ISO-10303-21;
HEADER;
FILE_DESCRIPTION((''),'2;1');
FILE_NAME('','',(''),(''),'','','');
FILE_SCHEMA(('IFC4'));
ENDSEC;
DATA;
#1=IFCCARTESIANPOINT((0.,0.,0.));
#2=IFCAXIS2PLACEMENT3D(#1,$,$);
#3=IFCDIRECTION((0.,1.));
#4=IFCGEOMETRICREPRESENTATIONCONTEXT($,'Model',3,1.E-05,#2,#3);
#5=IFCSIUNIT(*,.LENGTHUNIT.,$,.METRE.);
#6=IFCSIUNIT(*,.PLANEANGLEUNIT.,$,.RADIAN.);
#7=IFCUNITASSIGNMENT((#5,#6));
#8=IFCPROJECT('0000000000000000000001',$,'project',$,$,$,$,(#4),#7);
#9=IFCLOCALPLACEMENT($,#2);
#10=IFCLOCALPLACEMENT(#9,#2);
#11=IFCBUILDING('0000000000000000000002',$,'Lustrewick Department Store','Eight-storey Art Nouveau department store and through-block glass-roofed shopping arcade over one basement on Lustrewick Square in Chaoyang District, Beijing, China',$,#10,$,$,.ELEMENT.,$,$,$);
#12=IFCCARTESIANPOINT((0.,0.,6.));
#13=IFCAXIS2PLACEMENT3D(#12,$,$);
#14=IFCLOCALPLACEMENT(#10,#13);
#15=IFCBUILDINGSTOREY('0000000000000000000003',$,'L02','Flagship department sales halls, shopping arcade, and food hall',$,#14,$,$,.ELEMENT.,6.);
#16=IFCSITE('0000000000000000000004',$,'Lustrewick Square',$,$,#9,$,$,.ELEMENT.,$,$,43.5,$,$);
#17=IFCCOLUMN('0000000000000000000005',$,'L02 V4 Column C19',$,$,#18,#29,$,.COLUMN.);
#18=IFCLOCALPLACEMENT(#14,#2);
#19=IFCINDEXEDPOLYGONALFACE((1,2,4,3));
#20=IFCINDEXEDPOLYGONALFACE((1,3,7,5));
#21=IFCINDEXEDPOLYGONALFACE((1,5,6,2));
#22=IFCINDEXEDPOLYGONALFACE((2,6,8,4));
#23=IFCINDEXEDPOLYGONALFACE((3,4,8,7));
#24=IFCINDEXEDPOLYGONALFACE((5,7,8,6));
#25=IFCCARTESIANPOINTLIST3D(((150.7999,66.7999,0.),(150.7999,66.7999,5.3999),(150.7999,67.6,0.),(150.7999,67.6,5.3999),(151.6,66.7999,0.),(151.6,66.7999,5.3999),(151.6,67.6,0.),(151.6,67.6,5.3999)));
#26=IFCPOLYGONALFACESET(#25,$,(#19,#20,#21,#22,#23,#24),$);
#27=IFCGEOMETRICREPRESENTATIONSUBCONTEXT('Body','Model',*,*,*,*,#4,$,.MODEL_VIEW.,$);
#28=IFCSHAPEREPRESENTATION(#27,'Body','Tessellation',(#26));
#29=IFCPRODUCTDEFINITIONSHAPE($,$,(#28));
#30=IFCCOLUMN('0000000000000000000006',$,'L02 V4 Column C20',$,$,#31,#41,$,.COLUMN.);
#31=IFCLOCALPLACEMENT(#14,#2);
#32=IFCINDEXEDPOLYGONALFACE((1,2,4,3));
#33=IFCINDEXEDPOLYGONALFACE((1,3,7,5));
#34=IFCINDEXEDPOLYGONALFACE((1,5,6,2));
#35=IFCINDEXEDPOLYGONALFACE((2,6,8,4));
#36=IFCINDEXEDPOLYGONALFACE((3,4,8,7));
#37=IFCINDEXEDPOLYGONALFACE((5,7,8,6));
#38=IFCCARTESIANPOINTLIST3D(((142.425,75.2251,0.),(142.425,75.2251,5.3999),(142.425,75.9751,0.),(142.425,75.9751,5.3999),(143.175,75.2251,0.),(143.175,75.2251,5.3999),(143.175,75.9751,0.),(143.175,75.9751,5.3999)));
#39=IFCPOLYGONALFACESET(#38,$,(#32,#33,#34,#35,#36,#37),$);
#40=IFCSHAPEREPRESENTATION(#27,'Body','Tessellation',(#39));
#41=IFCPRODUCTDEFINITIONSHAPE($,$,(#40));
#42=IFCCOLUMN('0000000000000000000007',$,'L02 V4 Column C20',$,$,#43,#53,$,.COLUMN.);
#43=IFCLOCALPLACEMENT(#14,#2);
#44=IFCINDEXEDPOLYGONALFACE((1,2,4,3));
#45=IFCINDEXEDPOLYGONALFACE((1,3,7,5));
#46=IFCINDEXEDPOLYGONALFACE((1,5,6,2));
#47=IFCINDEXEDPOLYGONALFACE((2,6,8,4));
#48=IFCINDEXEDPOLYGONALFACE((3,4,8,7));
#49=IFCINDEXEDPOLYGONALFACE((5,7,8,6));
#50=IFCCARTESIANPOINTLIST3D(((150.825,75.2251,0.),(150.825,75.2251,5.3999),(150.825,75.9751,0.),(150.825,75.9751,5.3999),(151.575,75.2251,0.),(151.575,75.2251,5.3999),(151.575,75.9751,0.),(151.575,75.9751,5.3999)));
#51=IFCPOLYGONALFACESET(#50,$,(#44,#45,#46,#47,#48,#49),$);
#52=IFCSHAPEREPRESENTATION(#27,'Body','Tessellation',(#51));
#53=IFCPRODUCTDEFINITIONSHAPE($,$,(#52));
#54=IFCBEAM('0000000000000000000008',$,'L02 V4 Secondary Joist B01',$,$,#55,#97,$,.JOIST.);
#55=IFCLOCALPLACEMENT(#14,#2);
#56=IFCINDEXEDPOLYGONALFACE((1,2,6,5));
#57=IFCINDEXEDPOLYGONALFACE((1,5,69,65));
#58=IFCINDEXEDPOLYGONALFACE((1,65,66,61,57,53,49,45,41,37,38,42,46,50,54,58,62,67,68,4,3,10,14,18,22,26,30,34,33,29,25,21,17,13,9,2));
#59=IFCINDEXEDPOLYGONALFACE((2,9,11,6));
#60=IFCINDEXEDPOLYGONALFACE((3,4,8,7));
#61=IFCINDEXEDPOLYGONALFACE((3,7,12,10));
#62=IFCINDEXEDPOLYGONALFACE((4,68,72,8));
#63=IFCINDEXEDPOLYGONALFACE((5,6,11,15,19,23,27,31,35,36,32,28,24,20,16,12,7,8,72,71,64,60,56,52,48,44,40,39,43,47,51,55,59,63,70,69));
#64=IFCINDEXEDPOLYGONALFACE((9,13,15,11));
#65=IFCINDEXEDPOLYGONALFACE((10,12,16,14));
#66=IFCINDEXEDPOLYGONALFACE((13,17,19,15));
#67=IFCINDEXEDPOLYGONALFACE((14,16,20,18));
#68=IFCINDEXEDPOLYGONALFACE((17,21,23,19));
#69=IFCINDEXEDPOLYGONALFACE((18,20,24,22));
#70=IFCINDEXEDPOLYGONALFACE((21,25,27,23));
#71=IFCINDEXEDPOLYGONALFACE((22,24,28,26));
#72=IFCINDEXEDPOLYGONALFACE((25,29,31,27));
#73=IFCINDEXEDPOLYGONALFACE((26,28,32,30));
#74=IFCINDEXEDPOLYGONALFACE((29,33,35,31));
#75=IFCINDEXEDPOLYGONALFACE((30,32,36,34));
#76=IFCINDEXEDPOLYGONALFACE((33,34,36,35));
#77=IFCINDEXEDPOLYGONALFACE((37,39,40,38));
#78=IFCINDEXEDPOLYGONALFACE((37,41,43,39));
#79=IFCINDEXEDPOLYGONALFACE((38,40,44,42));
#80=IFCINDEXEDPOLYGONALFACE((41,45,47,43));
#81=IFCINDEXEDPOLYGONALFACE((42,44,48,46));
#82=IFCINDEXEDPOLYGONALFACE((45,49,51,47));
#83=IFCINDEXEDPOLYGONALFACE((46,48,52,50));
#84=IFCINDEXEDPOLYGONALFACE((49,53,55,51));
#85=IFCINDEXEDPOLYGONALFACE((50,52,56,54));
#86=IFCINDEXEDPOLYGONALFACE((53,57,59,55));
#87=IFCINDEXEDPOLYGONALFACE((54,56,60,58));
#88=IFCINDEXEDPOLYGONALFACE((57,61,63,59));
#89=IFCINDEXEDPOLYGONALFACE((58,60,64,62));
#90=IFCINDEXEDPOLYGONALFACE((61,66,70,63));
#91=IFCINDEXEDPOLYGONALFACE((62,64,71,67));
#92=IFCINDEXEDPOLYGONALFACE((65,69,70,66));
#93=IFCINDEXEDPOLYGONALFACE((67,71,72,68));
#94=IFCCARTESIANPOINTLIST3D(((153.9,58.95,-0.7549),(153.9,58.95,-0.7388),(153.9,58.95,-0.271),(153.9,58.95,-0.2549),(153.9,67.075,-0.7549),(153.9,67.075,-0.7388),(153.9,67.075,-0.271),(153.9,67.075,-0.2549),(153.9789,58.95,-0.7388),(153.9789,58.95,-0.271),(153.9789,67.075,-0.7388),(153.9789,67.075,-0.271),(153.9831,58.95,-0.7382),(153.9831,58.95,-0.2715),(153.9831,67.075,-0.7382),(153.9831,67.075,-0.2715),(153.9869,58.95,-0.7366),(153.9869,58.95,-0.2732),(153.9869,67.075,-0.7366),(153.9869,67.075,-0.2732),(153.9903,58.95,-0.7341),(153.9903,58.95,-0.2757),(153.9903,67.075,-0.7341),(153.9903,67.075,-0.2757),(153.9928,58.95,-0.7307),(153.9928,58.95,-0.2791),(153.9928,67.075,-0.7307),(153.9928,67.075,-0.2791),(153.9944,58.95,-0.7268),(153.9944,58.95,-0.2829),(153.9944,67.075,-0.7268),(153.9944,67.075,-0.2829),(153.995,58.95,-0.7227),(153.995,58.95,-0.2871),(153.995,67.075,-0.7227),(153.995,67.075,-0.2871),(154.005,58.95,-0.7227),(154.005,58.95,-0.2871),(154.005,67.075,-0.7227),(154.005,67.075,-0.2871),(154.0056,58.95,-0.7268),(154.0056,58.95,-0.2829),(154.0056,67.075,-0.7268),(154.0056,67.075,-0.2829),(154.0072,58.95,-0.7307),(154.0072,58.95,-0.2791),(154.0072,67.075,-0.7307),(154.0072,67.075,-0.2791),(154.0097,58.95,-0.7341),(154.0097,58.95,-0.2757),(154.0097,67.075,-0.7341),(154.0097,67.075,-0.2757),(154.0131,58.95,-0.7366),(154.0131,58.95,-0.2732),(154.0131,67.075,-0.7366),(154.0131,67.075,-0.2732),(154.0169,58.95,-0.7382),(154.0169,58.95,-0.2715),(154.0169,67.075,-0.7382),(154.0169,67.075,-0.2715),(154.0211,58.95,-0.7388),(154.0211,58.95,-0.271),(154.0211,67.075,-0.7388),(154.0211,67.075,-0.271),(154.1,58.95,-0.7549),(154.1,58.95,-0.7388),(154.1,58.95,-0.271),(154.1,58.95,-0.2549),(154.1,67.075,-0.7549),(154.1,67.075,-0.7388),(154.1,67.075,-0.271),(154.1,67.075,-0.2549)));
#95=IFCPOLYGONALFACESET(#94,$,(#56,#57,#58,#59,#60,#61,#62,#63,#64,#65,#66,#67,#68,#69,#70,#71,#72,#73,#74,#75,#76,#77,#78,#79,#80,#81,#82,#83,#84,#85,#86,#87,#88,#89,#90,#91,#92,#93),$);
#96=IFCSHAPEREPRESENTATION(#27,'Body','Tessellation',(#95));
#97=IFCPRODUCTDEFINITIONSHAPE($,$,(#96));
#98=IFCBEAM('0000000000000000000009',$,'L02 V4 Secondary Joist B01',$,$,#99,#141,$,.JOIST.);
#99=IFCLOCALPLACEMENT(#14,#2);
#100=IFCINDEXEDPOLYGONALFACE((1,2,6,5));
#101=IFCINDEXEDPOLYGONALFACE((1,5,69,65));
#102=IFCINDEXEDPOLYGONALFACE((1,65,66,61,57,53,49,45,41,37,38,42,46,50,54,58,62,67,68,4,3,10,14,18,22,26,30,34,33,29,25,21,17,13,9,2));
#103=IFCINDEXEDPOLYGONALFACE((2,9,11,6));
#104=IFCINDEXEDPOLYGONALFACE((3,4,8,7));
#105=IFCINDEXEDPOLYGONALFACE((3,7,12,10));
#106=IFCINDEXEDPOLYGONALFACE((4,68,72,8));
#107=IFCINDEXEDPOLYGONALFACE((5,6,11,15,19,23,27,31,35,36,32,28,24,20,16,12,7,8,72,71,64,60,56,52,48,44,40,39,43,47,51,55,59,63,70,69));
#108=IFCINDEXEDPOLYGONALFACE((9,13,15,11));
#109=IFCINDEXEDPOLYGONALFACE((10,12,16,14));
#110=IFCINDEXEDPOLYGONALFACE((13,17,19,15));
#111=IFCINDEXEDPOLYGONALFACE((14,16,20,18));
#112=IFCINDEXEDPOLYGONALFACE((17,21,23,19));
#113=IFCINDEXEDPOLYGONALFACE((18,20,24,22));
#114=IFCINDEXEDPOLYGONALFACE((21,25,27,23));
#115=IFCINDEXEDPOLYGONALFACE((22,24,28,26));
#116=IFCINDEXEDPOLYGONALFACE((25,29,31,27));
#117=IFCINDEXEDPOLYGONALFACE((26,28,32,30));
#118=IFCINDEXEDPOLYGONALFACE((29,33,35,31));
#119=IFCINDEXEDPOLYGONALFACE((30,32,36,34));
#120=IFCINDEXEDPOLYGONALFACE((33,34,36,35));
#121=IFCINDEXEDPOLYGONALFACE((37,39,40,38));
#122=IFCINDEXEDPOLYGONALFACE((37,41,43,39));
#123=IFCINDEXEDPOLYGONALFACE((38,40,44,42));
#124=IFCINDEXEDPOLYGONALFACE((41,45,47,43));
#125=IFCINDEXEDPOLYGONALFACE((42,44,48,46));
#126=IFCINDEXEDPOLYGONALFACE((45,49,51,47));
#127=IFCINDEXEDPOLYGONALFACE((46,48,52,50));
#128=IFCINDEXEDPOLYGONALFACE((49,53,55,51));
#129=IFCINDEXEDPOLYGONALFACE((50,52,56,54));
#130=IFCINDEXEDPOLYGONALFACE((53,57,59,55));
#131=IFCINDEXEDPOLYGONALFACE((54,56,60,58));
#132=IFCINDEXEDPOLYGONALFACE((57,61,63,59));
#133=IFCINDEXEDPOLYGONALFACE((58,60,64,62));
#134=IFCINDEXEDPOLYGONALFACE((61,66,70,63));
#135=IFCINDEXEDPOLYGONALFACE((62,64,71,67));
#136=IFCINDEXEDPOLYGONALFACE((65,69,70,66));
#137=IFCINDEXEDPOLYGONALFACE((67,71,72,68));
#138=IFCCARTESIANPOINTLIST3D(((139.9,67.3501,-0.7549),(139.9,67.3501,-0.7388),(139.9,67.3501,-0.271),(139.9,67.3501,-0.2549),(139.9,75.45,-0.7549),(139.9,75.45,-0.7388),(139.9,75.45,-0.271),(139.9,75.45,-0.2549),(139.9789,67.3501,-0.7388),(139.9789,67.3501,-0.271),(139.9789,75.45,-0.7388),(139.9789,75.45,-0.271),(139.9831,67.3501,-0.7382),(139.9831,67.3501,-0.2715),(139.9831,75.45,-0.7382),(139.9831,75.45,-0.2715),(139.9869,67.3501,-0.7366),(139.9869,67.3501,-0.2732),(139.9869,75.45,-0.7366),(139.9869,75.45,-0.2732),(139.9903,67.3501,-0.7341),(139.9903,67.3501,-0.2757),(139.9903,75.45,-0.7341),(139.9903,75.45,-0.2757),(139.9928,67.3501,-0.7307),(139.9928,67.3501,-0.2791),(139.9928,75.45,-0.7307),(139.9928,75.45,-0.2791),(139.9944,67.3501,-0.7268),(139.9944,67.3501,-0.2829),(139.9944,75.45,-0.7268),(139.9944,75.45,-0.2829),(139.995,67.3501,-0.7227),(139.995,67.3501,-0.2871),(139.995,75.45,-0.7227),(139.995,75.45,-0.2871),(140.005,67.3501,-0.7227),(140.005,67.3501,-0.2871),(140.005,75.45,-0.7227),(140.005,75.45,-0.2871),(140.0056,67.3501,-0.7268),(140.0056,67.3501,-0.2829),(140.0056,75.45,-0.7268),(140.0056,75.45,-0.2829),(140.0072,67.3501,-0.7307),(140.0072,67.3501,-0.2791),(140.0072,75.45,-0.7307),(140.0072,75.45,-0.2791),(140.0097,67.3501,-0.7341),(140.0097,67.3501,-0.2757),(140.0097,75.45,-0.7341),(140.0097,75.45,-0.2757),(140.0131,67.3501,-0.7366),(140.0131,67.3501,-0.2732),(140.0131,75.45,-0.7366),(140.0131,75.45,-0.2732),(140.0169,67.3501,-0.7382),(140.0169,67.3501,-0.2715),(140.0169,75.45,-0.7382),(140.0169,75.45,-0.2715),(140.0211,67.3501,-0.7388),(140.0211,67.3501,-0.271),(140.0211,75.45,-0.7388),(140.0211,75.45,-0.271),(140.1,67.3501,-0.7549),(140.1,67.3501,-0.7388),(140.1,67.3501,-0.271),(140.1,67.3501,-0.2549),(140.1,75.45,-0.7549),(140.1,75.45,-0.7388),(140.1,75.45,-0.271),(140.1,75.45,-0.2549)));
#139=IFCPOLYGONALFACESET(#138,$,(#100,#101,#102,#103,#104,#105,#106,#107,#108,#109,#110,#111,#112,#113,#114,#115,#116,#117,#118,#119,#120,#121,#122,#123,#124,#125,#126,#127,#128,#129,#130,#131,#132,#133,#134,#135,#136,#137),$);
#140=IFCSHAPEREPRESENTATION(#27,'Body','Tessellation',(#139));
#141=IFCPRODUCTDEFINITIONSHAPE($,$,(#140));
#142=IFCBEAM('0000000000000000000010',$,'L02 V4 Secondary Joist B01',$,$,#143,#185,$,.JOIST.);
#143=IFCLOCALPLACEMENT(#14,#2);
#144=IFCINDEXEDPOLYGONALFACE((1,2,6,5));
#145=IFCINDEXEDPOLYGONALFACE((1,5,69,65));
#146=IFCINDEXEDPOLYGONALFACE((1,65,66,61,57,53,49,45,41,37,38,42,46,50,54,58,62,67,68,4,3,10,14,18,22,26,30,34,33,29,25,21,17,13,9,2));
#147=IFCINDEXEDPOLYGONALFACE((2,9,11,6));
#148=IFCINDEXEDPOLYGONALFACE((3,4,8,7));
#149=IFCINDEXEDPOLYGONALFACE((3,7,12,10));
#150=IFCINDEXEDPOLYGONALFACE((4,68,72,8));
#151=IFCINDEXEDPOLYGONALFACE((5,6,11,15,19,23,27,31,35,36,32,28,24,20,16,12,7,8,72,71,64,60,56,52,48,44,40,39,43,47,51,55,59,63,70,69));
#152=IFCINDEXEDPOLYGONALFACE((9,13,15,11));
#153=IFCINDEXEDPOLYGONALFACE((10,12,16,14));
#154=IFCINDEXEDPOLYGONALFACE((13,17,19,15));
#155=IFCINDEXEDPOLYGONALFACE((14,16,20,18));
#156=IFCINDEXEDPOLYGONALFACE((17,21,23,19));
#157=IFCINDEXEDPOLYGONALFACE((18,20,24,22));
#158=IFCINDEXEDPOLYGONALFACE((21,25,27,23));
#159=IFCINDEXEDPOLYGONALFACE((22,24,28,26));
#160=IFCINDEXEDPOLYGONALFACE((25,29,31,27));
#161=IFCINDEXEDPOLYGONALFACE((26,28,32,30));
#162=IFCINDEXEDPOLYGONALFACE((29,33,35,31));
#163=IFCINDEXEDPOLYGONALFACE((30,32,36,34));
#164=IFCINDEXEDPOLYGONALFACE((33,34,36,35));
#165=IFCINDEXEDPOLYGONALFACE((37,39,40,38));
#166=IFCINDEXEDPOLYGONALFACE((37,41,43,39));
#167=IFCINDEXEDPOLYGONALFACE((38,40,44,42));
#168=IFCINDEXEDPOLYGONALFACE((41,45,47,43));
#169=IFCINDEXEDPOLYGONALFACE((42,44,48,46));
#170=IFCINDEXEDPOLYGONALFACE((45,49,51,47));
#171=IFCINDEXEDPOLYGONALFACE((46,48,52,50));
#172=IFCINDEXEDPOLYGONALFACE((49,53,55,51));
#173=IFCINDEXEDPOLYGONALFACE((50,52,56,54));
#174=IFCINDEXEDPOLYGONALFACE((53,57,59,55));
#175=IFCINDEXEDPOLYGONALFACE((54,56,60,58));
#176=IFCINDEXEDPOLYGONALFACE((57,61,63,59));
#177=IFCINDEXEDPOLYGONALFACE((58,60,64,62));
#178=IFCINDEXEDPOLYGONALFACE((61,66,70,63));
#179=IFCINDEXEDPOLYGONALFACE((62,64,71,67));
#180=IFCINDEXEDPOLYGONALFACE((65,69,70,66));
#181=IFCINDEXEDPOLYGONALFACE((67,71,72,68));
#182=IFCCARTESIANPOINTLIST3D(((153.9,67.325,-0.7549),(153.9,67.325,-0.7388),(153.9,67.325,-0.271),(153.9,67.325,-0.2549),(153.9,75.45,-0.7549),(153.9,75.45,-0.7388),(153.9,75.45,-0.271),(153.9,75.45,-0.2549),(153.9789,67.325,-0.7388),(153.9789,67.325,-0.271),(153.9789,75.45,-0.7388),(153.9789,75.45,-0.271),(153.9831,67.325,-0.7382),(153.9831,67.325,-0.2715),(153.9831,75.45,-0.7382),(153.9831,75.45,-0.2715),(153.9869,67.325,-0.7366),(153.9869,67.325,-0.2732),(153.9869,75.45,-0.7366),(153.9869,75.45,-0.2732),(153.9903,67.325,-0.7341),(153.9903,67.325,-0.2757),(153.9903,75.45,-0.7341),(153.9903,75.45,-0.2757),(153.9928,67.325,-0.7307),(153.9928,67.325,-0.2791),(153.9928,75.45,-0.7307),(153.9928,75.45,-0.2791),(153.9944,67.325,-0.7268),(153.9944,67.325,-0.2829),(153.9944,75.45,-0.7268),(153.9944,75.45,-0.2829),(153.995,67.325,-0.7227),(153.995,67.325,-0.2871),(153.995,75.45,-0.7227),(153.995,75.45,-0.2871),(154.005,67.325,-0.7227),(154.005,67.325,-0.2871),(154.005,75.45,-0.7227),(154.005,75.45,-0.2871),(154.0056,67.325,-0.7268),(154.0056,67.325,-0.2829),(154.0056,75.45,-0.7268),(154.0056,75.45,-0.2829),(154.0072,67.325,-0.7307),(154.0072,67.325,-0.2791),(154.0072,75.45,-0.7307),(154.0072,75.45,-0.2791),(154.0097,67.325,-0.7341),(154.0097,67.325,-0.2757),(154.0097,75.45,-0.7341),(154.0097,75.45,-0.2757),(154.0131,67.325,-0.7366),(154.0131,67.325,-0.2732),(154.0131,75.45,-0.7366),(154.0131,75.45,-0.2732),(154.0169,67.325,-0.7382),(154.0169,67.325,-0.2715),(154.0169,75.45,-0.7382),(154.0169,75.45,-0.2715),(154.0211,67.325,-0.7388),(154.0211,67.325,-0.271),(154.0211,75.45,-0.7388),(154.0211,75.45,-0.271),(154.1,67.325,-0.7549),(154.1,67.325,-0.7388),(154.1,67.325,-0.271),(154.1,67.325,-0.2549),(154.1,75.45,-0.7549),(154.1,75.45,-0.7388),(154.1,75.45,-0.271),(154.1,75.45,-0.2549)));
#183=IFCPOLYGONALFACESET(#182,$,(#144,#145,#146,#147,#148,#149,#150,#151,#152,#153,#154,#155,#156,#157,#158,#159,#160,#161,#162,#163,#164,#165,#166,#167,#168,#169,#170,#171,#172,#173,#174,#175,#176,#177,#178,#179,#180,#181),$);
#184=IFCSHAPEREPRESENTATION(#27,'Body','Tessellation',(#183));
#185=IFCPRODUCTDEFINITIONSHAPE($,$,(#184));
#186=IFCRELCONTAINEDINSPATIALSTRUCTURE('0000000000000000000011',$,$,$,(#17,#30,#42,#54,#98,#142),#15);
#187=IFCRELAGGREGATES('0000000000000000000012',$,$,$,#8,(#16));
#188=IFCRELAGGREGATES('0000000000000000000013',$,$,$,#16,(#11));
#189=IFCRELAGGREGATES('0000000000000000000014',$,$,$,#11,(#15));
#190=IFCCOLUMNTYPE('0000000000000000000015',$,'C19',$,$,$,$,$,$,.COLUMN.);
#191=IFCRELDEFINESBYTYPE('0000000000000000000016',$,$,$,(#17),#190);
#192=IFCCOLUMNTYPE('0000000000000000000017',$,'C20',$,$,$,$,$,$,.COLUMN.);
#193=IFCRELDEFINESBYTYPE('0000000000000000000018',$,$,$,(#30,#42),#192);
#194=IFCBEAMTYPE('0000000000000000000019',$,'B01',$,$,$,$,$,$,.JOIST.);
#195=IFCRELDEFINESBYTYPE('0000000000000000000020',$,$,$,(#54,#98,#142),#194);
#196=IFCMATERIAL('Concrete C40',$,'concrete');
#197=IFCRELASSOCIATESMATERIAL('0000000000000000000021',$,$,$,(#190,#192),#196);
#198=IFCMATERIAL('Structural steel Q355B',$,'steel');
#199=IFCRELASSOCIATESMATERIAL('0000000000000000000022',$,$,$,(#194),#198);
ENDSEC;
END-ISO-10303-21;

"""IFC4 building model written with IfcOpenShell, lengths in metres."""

from ifc_helpers import new_model, si_unit, direction, frame, origin, origin_2d, place, context, subcontext, project, spatial, rectangle, i_section, extrude, material, material_profile, profile_set, type_object, element, save


model = new_model("IFC4")

# Units and contexts
model_context = context("Model", 3, precision=1e-05, world=origin(), true_north=direction((0.0, 1.0)))
body_context = subcontext(model_context, "Body", "Model", "MODEL_VIEW")
ifc_project = project(units=[si_unit("LENGTHUNIT", "METRE"), si_unit("PLANEANGLEUNIT", "RADIAN")], contexts=[model_context])

# Site, building, storey
site_placement = place(None, origin())
site = spatial("IfcSite", under=ifc_project, at=site_placement, Name="Lustrewick Square", CompositionType="ELEMENT", RefElevation=43.5)
building_placement = place(site_placement, origin())
building = spatial("IfcBuilding", under=site, at=building_placement, Name="Lustrewick Department Store", Description="Eight-storey Art Nouveau department store and through-block glass-roofed shopping arcade over one basement on Lustrewick Square in Chaoyang District, Beijing, China", CompositionType="ELEMENT")
storey_placement = place(building_placement, frame((0.0, 0.0, 6.0)))
storey = spatial("IfcBuildingStorey", under=building, at=storey_placement, Name="L02", Description="Flagship department sales halls, shopping arcade, and food hall", CompositionType="ELEMENT", Elevation=6.0)

# Columns
ifc_material_1 = material(Name="Concrete C40", Category="concrete")
ifc_material_profile_1 = material_profile(ifc_material_1, rectangle(XDim=0.8, YDim=0.8, at=origin_2d()), Name="RC 800x800")
ifc_profile_set_1 = profile_set([ifc_material_profile_1], Name="Concrete C40")
column_type_1 = type_object("IfcColumnType", Name="C19", PredefinedType="COLUMN", material=ifc_profile_set_1)
for number, where, z_axis, x_axis, name in (
    (1, (151.2, 67.2, 0.0), (0.0, 0.0, 1.0), (1.0, 0.0, 0.0), "L02 V4 Column C19"),
):
    element("IfcColumn", number, at=place(storey_placement, frame(where, z_axis=z_axis, x_axis=x_axis)), inside=storey, type_object=column_type_1, Name=name, PredefinedType="COLUMN", context=body_context, shape_type="SweptSolid", body=[
        extrude(rectangle(XDim=0.8, YDim=0.8, at=origin_2d()), origin(), (0.0, 0.0, 1.0), 5.3999),
    ])
ifc_material_profile_2 = material_profile(ifc_material_1, rectangle(XDim=0.75, YDim=0.75, at=origin_2d()), Name="RC 750x750")
ifc_profile_set_2 = profile_set([ifc_material_profile_2], Name="Concrete C40")
column_type_2 = type_object("IfcColumnType", Name="C20", PredefinedType="COLUMN", material=ifc_profile_set_2)
for number, where, z_axis, x_axis, name in (
    (2, (142.8, 75.6001, 0.0), (0.0, 0.0, 1.0), (1.0, 0.0, 0.0), "L02 V4 Column C20"),
    (3, (151.2, 75.6001, 0.0), (0.0, 0.0, 1.0), (1.0, 0.0, 0.0), "L02 V4 Column C20"),
):
    element("IfcColumn", number, at=place(storey_placement, frame(where, z_axis=z_axis, x_axis=x_axis)), inside=storey, type_object=column_type_2, Name=name, PredefinedType="COLUMN", context=body_context, shape_type="SweptSolid", body=[
        extrude(rectangle(XDim=0.75, YDim=0.75, at=origin_2d()), origin(), (0.0, 0.0, 1.0), 5.3999),
    ])

# Beams
ifc_material_2 = material(Name="Structural steel Q355B", Category="steel")
ifc_material_profile_3 = material_profile(ifc_material_2, i_section(OverallWidth=0.2, OverallDepth=0.5, WebThickness=0.01, FlangeThickness=0.0161, FilletRadius=0.0161, at=origin_2d()), Name="HN 500x200x10x16")
ifc_profile_set_3 = profile_set([ifc_material_profile_3], Name="Structural steel Q355B")
beam_type_1 = type_object("IfcBeamType", Name="B01", PredefinedType="JOIST", material=ifc_profile_set_3)
beam_1_placement = place(storey_placement, frame((154.0, 58.95, -0.5049), z_axis=(0.0, 1.0, 0.0), x_axis=(-1.0, 0.0, 0.0)))
element("IfcBeam", 4, at=beam_1_placement, inside=storey, type_object=beam_type_1, Name="L02 V4 Secondary Joist B01", PredefinedType="JOIST", context=body_context, shape_type="SweptSolid", body=[
    extrude(i_section(OverallWidth=0.2, OverallDepth=0.5, WebThickness=0.01, FlangeThickness=0.0161, FilletRadius=0.0161, at=origin_2d()), origin(), (0.0, 0.0, 1.0), 8.125),
])
beam_2_placement = place(storey_placement, frame((140.0, 67.3501, -0.5049), z_axis=(0.0, 1.0, 0.0), x_axis=(-1.0, 0.0, 0.0)))
element("IfcBeam", 5, at=beam_2_placement, inside=storey, type_object=beam_type_1, Name="L02 V4 Secondary Joist B01", PredefinedType="JOIST", context=body_context, shape_type="SweptSolid", body=[
    extrude(i_section(OverallWidth=0.2, OverallDepth=0.5, WebThickness=0.01, FlangeThickness=0.0161, FilletRadius=0.0161, at=origin_2d()), origin(), (0.0, 0.0, 1.0), 8.0999),
])
for number, where, z_axis, x_axis, name in (
    (6, (154.0, 67.325, -0.5049), (0.0, 1.0, 0.0), (-1.0, 0.0, 0.0), "L02 V4 Secondary Joist B01"),
):
    element("IfcBeam", number, at=place(storey_placement, frame(where, z_axis=z_axis, x_axis=x_axis)), inside=storey, type_object=beam_type_1, Name=name, PredefinedType="JOIST", context=body_context, shape_type="SweptSolid", body=[
        extrude(i_section(OverallWidth=0.2, OverallDepth=0.5, WebThickness=0.01, FlangeThickness=0.0161, FilletRadius=0.0161, at=origin_2d()), origin(), (0.0, 0.0, 1.0), 8.125),
    ])

save(model, "model.ifc")
